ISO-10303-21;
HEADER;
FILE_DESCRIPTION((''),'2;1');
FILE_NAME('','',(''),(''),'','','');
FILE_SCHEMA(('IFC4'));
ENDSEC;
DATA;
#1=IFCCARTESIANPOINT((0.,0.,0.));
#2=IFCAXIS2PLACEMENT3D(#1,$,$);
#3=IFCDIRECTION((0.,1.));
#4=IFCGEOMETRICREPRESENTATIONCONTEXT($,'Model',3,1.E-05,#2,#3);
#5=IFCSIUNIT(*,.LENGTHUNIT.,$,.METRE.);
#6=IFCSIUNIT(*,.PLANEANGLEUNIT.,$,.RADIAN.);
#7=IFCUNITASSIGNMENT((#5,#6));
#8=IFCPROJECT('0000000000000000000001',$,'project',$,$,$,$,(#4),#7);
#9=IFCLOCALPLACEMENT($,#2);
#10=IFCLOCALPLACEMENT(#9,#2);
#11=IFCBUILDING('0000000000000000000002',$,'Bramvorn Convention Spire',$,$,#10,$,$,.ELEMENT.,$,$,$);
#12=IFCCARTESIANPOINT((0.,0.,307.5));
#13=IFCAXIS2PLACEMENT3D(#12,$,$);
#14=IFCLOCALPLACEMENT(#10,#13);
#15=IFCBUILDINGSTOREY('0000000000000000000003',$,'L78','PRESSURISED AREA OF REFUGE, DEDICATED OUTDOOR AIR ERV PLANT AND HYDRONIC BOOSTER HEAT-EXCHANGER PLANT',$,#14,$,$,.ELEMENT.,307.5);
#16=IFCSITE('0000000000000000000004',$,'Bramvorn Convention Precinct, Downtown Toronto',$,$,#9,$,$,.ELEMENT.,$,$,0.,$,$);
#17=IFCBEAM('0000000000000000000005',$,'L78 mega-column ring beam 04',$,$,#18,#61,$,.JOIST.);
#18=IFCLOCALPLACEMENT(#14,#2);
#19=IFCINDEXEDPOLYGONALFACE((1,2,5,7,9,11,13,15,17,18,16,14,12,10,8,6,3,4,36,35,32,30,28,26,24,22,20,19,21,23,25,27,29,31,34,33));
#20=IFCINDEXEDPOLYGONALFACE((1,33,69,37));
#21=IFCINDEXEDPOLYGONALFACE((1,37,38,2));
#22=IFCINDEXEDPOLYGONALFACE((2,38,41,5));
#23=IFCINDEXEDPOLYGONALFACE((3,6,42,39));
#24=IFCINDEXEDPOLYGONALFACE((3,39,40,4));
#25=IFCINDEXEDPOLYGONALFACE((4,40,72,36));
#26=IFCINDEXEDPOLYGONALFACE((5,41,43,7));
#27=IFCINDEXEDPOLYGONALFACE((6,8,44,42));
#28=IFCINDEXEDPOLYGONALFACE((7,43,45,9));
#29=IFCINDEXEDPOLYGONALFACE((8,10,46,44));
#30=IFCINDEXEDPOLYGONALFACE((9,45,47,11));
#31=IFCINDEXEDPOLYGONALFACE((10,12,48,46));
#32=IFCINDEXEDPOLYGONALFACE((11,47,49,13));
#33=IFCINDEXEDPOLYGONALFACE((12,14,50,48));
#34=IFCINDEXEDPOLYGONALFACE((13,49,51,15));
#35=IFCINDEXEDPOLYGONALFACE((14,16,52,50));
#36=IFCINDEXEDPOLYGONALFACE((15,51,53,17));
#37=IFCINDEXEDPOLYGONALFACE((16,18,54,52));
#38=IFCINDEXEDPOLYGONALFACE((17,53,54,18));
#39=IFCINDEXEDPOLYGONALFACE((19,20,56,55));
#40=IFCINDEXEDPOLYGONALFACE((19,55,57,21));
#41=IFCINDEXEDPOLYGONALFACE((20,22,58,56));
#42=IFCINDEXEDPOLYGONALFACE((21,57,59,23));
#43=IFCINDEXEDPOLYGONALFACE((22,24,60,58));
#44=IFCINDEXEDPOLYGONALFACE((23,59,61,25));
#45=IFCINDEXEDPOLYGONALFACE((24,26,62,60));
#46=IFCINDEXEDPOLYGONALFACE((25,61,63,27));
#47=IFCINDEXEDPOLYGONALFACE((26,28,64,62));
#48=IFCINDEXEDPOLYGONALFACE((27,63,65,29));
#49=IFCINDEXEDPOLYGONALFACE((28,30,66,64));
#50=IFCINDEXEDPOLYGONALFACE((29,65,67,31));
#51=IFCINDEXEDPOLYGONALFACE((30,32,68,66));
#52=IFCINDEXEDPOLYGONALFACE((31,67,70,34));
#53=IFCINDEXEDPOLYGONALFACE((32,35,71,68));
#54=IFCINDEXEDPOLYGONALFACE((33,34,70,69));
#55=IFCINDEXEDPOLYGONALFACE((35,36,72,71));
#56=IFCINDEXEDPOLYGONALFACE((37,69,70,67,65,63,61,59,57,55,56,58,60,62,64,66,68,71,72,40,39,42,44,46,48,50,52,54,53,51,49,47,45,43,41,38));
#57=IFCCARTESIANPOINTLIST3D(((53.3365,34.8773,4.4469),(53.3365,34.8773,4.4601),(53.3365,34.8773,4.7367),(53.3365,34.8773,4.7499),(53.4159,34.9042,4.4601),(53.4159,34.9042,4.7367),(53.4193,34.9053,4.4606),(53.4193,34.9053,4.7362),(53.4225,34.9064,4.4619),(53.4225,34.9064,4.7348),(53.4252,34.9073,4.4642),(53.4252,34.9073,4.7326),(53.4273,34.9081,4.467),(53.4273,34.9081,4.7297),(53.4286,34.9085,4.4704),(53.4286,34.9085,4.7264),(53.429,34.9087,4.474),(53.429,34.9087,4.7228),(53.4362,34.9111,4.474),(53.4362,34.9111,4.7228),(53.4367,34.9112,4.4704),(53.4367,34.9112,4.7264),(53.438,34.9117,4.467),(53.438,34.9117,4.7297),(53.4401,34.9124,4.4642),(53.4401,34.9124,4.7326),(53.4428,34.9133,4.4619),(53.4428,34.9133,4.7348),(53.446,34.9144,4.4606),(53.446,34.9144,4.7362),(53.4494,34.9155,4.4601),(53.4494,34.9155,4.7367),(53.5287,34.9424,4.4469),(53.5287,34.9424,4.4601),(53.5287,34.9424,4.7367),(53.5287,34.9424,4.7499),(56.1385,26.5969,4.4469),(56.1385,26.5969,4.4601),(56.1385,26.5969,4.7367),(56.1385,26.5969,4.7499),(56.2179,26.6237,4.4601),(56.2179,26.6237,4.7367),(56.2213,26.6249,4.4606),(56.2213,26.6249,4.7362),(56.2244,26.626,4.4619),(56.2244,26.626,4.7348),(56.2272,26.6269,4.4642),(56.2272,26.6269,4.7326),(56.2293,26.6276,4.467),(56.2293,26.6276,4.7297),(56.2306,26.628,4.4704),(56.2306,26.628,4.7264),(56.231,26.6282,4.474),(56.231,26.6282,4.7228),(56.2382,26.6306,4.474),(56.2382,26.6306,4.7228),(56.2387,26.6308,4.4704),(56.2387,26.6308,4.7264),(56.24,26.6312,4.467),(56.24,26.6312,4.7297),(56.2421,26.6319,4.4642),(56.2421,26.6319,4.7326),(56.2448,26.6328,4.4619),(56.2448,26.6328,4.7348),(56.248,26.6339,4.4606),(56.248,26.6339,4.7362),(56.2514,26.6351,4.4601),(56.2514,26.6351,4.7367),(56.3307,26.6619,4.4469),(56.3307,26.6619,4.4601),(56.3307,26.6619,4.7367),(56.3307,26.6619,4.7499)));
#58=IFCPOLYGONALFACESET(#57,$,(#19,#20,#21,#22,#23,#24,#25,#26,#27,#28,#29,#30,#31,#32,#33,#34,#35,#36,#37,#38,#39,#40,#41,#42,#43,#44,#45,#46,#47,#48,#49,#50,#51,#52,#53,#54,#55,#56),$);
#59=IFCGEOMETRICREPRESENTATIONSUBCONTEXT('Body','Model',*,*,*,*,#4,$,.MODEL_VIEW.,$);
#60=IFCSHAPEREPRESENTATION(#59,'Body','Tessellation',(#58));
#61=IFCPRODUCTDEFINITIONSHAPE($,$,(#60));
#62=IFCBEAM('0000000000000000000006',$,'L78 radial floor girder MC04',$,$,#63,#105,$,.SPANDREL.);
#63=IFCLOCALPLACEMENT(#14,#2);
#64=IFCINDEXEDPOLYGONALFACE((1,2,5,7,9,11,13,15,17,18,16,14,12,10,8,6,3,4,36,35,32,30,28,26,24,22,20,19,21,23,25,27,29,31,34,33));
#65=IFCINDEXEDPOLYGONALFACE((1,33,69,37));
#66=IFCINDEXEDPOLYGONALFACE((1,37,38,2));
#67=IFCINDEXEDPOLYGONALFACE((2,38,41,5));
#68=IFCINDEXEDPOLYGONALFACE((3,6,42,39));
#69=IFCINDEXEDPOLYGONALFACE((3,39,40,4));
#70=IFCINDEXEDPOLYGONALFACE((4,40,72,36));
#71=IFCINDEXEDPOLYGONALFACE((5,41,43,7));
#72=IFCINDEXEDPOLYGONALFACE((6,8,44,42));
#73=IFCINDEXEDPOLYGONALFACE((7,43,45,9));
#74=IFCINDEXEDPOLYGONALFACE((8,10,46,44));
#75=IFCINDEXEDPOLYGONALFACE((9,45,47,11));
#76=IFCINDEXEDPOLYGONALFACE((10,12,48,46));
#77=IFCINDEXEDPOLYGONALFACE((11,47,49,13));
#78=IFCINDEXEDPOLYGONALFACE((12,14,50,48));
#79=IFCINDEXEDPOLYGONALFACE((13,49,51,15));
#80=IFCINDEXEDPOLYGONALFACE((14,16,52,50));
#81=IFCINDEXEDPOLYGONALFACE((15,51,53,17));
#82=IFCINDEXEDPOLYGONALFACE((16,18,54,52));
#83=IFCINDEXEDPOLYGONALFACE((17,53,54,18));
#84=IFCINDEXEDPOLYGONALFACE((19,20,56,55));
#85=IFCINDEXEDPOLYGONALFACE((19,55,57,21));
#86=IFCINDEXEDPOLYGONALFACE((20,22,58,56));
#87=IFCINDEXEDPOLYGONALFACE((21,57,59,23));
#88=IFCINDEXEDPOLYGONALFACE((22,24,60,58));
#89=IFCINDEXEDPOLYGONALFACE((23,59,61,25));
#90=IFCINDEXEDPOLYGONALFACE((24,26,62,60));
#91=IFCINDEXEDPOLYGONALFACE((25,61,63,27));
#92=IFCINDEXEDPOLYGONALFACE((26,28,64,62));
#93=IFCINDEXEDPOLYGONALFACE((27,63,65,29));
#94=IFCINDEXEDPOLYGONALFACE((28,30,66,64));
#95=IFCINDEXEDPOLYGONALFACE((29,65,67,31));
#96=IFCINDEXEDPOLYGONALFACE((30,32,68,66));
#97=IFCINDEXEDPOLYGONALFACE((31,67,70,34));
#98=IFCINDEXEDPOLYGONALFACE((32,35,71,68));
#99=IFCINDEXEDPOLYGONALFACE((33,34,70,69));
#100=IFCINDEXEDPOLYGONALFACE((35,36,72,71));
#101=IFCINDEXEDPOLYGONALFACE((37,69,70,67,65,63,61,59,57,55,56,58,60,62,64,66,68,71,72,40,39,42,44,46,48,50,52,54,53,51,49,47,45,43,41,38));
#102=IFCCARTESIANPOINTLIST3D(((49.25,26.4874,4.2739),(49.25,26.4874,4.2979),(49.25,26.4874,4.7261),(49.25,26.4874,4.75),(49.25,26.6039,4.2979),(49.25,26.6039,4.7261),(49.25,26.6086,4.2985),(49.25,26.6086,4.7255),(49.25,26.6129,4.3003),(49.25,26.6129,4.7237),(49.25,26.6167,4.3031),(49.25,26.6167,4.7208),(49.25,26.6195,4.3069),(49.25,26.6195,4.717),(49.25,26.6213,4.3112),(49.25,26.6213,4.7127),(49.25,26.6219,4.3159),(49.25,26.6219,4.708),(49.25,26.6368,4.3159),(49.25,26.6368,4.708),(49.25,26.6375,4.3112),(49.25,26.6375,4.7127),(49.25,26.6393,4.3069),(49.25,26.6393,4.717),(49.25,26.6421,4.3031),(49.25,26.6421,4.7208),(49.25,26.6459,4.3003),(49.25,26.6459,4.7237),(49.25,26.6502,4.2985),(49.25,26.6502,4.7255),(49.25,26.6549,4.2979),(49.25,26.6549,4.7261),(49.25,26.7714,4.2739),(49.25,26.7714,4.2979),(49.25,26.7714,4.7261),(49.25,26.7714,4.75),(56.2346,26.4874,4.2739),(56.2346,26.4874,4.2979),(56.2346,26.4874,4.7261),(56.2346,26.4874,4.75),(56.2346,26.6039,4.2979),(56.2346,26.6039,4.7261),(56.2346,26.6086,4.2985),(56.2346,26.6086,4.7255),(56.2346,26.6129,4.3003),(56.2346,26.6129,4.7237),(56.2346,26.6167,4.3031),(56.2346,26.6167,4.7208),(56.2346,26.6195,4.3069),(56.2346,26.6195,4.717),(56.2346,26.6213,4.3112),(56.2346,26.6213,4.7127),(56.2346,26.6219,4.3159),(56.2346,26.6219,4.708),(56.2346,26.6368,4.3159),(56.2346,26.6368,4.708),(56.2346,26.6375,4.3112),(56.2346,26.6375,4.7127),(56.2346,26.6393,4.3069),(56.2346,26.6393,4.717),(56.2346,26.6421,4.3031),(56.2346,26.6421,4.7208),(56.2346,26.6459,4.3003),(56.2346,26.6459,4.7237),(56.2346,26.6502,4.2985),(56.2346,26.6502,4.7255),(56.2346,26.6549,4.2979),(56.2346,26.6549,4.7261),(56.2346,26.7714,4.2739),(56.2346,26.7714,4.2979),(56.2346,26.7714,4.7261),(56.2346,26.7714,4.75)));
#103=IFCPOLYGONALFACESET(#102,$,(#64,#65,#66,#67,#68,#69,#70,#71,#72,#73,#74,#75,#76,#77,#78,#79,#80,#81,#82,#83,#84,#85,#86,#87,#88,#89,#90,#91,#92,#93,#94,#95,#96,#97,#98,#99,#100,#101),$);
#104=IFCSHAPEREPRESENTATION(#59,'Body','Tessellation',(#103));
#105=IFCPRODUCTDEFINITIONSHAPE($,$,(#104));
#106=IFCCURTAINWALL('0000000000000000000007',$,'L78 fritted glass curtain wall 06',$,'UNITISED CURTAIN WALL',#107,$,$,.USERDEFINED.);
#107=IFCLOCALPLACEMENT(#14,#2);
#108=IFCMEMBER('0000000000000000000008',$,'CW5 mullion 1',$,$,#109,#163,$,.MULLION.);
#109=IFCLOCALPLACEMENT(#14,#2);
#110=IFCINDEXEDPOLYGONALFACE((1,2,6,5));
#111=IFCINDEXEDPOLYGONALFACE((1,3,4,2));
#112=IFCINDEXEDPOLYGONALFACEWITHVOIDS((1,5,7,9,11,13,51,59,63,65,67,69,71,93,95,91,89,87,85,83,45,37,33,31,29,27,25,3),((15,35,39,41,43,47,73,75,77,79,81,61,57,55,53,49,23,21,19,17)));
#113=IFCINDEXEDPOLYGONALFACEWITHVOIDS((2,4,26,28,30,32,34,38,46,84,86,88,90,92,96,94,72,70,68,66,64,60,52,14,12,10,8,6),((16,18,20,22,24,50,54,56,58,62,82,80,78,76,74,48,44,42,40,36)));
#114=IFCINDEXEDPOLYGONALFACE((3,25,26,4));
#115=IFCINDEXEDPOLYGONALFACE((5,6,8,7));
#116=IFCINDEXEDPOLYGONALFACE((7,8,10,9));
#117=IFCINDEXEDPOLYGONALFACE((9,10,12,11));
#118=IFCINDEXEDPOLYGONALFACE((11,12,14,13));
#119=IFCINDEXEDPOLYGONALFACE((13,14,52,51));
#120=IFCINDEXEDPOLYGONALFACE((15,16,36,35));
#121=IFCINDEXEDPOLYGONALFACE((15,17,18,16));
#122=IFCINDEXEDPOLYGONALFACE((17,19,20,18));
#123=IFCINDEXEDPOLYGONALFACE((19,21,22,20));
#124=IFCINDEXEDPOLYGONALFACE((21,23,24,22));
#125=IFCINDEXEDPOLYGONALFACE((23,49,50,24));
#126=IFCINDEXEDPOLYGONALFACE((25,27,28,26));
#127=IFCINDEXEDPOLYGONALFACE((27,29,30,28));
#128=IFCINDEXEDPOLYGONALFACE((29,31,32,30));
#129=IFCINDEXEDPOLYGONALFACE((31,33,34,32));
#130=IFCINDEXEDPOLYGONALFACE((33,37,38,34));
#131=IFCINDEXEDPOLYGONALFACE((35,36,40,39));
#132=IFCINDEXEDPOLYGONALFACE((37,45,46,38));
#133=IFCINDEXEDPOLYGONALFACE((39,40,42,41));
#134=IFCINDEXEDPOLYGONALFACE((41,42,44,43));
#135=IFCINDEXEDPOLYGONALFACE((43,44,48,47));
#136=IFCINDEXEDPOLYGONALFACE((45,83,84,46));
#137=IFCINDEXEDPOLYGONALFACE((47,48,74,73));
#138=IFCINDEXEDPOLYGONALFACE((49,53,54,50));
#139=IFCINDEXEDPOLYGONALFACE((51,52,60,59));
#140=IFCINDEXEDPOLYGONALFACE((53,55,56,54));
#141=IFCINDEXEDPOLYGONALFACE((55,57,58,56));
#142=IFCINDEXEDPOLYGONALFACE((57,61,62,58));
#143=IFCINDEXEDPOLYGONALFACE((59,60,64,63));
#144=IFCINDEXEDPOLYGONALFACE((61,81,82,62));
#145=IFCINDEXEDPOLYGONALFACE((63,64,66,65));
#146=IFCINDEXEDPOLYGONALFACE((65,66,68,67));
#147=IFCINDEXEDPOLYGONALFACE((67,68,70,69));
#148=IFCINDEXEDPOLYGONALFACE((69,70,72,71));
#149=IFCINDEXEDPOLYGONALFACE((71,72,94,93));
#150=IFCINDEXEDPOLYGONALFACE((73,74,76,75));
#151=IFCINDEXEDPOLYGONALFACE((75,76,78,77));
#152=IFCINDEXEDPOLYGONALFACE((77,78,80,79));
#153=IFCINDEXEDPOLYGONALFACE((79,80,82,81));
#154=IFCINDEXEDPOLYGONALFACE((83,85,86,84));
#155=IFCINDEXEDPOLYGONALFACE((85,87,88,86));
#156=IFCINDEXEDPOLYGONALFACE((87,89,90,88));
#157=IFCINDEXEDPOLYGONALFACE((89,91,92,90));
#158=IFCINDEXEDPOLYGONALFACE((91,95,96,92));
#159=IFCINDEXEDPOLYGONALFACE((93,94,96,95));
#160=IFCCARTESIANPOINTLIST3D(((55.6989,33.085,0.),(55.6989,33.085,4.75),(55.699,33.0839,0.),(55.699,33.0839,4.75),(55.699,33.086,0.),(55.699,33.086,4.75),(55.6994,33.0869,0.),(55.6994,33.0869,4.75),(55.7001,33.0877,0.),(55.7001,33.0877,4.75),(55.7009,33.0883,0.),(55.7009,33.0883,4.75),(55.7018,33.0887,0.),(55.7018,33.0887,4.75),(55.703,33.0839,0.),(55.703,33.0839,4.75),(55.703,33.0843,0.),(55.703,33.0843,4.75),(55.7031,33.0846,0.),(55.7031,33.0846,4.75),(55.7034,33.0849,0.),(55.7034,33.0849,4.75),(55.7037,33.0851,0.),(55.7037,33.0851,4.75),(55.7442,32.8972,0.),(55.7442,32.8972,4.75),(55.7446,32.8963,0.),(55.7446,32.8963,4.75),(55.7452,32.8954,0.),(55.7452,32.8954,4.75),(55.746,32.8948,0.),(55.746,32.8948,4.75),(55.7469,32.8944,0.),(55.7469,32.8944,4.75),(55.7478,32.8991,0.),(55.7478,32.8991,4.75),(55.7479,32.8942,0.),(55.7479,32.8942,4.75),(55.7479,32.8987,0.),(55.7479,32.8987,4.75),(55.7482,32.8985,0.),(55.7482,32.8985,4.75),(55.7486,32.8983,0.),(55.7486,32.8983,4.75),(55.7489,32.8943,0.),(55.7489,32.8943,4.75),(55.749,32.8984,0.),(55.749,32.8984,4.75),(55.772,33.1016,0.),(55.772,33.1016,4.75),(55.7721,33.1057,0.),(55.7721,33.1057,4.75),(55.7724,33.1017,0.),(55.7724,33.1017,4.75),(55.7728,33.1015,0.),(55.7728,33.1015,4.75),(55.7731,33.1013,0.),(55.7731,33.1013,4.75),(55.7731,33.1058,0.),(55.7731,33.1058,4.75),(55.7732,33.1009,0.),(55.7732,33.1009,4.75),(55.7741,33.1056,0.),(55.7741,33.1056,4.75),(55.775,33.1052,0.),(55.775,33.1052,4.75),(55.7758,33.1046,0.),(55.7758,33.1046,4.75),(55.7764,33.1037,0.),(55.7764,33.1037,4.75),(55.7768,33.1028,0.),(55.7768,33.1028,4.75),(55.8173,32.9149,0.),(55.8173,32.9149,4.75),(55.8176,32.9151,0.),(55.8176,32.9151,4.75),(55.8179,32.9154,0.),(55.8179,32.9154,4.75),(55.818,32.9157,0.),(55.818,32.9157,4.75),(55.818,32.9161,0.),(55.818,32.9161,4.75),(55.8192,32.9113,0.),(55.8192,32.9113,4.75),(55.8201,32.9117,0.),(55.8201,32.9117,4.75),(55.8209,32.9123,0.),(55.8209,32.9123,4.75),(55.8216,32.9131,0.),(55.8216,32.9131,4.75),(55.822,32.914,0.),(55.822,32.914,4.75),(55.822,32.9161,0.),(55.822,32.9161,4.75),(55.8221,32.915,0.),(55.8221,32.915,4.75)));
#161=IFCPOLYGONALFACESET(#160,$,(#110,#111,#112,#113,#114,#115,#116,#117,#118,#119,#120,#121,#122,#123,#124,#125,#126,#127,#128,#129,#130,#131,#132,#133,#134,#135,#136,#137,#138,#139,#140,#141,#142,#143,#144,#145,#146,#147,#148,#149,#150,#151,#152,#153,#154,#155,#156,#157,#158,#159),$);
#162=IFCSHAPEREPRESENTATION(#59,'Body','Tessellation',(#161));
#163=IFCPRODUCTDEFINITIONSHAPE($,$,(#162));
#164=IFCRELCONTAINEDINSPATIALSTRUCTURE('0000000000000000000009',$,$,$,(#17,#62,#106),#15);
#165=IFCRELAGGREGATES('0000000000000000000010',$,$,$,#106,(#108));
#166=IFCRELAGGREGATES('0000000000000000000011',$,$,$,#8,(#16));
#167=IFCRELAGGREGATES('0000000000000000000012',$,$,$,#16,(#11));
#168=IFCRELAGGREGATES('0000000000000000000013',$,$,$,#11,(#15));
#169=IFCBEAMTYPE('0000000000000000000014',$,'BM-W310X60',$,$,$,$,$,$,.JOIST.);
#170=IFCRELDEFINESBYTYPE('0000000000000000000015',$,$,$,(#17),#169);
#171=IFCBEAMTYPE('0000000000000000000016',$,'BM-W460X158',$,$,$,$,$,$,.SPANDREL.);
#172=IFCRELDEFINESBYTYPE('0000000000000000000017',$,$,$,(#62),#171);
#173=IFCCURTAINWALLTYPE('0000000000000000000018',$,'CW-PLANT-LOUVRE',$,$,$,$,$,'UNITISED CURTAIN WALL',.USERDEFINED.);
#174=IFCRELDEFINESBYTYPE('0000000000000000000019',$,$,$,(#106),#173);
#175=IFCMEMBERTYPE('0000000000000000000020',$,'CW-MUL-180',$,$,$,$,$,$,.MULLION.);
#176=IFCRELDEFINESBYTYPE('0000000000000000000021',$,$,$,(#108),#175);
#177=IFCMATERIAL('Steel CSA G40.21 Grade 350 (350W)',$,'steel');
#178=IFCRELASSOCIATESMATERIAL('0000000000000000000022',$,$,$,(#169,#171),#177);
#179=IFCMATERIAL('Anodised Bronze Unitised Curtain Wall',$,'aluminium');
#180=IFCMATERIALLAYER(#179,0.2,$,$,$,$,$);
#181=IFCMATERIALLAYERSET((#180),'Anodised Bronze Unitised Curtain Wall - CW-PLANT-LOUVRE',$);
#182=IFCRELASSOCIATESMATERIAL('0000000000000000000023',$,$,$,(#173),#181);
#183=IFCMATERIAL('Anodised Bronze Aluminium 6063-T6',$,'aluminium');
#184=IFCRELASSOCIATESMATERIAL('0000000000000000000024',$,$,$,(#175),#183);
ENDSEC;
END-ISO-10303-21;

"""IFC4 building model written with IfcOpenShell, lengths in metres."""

from ifc_helpers import new_model, si_unit, direction, frame, origin, origin_2d, place, context, subcontext, project, spatial, hollow_rectangle, i_section, extrude, material, layer, layer_set, material_profile, profile_set, type_object, element, aggregate, save


model = new_model("IFC4")

# Units and contexts
model_context = context("Model", 3, precision=1e-05, world=origin(), true_north=direction((0.0, 1.0)))
body_context = subcontext(model_context, "Body", "Model", "MODEL_VIEW")
ifc_project = project(units=[si_unit("LENGTHUNIT", "METRE"), si_unit("PLANEANGLEUNIT", "RADIAN")], contexts=[model_context])

# Site, building, storey
site_placement = place(None, origin())
site = spatial("IfcSite", under=ifc_project, at=site_placement, Name="Bramvorn Convention Precinct, Downtown Toronto", CompositionType="ELEMENT", RefElevation=0.0)
building_placement = place(site_placement, origin())
building = spatial("IfcBuilding", under=site, at=building_placement, Name="Bramvorn Convention Spire", CompositionType="ELEMENT")
storey_placement = place(building_placement, frame((0.0, 0.0, 307.5)))
storey = spatial("IfcBuildingStorey", under=building, at=storey_placement, Name="L78", Description="PRESSURISED AREA OF REFUGE, DEDICATED OUTDOOR AIR ERV PLANT AND HYDRONIC BOOSTER HEAT-EXCHANGER PLANT", CompositionType="ELEMENT", Elevation=307.5)

# Shared definitions
ifc_material_1 = material(Name="Steel CSA G40.21 Grade 350 (350W)", Category="steel")

# Beams
ifc_material_profile_1 = material_profile(ifc_material_1, i_section(OverallWidth=0.2029, OverallDepth=0.303, WebThickness=0.0076, FlangeThickness=0.0132, FilletRadius=0.0139, at=origin_2d()))
ifc_profile_set_1 = profile_set([ifc_material_profile_1], Name="Steel CSA G40.21 Grade 350 (350W) - W310X60")
beam_type_1 = type_object("IfcBeamType", Name="BM-W310X60", PredefinedType="JOIST", material=ifc_profile_set_1)
beam_1_placement = place(storey_placement, frame((56.2346, 26.6294, 4.5984), z_axis=(-0.320531, 0.947238, 0.0), x_axis=(-0.947238, -0.320531, 0.0)))
element("IfcBeam", 1, at=beam_1_placement, inside=storey, type_object=beam_type_1, Name="L78 mega-column ring beam 04", PredefinedType="JOIST", context=body_context, shape_type="SweptSolid", body=[
    extrude(i_section(OverallWidth=0.2029, OverallDepth=0.303, WebThickness=0.0076, FlangeThickness=0.0132, FilletRadius=0.0139, at=origin_2d()), origin(), (0.0, 0.0, 1.0), 8.7417),
])
ifc_material_profile_2 = material_profile(ifc_material_1, i_section(OverallWidth=0.2839, OverallDepth=0.4761, WebThickness=0.0149, FlangeThickness=0.0239, FilletRadius=0.0181, at=origin_2d()))
ifc_profile_set_2 = profile_set([ifc_material_profile_2], Name="Steel CSA G40.21 Grade 350 (350W) - W460X158")
beam_type_2 = type_object("IfcBeamType", Name="BM-W460X158", PredefinedType="SPANDREL", material=ifc_profile_set_2)
beam_2_placement = place(storey_placement, frame((49.25, 26.6294, 4.512), z_axis=(1.0, 0.0, 0.0), x_axis=(0.0, 1.0, 0.0)))
element("IfcBeam", 2, at=beam_2_placement, inside=storey, type_object=beam_type_2, Name="L78 radial floor girder MC04", PredefinedType="SPANDREL", context=body_context, shape_type="SweptSolid", body=[
    extrude(i_section(OverallWidth=0.2839, OverallDepth=0.4761, WebThickness=0.0149, FlangeThickness=0.0239, FilletRadius=0.0181, at=origin_2d()), origin(), (0.0, 0.0, 1.0), 6.9846),
])

# Curtain wall, member
ifc_material_2 = material(Name="Anodised Bronze Unitised Curtain Wall", Category="aluminium")
ifc_layer_1 = layer(ifc_material_2, 0.2)
ifc_layer_set_1 = layer_set([ifc_layer_1], Name="Anodised Bronze Unitised Curtain Wall - CW-PLANT-LOUVRE")
curtain_wall_type = type_object("IfcCurtainWallType", Name="CW-PLANT-LOUVRE", ElementType="UNITISED CURTAIN WALL", PredefinedType="USERDEFINED", material=ifc_layer_set_1)
curtain_wall_placement = place(storey_placement, origin())
curtain_wall = element("IfcCurtainWall", 3, at=curtain_wall_placement, inside=storey, type_object=curtain_wall_type, Name="L78 fritted glass curtain wall 06", ObjectType="UNITISED CURTAIN WALL", PredefinedType="USERDEFINED")
ifc_material_3 = material(Name="Anodised Bronze Aluminium 6063-T6", Category="aluminium")
ifc_material_profile_3 = material_profile(ifc_material_3, hollow_rectangle(XDim=0.0801, YDim=0.2, WallThickness=0.0039, InnerFilletRadius=0.001, OuterFilletRadius=0.0039, at=origin_2d()))
ifc_profile_set_3 = profile_set([ifc_material_profile_3], Name="Anodised Bronze Aluminium 6063-T6 - CWM80X200")
member_type_1 = type_object("IfcMemberType", Name="CW-MUL-180", PredefinedType="MULLION", material=ifc_profile_set_3)
member_1_placement = place(storey_placement, frame((55.7605, 33.0, 0.0), z_axis=(0.0, 0.0, 1.0), x_axis=(0.971873, 0.235505, 0.0)))
member_1 = element("IfcMember", 4, at=member_1_placement, type_object=member_type_1, Name="CW5 mullion 1", PredefinedType="MULLION", context=body_context, shape_type="SweptSolid", body=[
    extrude(hollow_rectangle(XDim=0.0801, YDim=0.2, WallThickness=0.0039, InnerFilletRadius=0.001, OuterFilletRadius=0.0039, at=origin_2d()), origin(), (0.0, 0.0, 1.0), 4.75),
])
aggregate(curtain_wall, [member_1])

save(model, "model.ifc")
